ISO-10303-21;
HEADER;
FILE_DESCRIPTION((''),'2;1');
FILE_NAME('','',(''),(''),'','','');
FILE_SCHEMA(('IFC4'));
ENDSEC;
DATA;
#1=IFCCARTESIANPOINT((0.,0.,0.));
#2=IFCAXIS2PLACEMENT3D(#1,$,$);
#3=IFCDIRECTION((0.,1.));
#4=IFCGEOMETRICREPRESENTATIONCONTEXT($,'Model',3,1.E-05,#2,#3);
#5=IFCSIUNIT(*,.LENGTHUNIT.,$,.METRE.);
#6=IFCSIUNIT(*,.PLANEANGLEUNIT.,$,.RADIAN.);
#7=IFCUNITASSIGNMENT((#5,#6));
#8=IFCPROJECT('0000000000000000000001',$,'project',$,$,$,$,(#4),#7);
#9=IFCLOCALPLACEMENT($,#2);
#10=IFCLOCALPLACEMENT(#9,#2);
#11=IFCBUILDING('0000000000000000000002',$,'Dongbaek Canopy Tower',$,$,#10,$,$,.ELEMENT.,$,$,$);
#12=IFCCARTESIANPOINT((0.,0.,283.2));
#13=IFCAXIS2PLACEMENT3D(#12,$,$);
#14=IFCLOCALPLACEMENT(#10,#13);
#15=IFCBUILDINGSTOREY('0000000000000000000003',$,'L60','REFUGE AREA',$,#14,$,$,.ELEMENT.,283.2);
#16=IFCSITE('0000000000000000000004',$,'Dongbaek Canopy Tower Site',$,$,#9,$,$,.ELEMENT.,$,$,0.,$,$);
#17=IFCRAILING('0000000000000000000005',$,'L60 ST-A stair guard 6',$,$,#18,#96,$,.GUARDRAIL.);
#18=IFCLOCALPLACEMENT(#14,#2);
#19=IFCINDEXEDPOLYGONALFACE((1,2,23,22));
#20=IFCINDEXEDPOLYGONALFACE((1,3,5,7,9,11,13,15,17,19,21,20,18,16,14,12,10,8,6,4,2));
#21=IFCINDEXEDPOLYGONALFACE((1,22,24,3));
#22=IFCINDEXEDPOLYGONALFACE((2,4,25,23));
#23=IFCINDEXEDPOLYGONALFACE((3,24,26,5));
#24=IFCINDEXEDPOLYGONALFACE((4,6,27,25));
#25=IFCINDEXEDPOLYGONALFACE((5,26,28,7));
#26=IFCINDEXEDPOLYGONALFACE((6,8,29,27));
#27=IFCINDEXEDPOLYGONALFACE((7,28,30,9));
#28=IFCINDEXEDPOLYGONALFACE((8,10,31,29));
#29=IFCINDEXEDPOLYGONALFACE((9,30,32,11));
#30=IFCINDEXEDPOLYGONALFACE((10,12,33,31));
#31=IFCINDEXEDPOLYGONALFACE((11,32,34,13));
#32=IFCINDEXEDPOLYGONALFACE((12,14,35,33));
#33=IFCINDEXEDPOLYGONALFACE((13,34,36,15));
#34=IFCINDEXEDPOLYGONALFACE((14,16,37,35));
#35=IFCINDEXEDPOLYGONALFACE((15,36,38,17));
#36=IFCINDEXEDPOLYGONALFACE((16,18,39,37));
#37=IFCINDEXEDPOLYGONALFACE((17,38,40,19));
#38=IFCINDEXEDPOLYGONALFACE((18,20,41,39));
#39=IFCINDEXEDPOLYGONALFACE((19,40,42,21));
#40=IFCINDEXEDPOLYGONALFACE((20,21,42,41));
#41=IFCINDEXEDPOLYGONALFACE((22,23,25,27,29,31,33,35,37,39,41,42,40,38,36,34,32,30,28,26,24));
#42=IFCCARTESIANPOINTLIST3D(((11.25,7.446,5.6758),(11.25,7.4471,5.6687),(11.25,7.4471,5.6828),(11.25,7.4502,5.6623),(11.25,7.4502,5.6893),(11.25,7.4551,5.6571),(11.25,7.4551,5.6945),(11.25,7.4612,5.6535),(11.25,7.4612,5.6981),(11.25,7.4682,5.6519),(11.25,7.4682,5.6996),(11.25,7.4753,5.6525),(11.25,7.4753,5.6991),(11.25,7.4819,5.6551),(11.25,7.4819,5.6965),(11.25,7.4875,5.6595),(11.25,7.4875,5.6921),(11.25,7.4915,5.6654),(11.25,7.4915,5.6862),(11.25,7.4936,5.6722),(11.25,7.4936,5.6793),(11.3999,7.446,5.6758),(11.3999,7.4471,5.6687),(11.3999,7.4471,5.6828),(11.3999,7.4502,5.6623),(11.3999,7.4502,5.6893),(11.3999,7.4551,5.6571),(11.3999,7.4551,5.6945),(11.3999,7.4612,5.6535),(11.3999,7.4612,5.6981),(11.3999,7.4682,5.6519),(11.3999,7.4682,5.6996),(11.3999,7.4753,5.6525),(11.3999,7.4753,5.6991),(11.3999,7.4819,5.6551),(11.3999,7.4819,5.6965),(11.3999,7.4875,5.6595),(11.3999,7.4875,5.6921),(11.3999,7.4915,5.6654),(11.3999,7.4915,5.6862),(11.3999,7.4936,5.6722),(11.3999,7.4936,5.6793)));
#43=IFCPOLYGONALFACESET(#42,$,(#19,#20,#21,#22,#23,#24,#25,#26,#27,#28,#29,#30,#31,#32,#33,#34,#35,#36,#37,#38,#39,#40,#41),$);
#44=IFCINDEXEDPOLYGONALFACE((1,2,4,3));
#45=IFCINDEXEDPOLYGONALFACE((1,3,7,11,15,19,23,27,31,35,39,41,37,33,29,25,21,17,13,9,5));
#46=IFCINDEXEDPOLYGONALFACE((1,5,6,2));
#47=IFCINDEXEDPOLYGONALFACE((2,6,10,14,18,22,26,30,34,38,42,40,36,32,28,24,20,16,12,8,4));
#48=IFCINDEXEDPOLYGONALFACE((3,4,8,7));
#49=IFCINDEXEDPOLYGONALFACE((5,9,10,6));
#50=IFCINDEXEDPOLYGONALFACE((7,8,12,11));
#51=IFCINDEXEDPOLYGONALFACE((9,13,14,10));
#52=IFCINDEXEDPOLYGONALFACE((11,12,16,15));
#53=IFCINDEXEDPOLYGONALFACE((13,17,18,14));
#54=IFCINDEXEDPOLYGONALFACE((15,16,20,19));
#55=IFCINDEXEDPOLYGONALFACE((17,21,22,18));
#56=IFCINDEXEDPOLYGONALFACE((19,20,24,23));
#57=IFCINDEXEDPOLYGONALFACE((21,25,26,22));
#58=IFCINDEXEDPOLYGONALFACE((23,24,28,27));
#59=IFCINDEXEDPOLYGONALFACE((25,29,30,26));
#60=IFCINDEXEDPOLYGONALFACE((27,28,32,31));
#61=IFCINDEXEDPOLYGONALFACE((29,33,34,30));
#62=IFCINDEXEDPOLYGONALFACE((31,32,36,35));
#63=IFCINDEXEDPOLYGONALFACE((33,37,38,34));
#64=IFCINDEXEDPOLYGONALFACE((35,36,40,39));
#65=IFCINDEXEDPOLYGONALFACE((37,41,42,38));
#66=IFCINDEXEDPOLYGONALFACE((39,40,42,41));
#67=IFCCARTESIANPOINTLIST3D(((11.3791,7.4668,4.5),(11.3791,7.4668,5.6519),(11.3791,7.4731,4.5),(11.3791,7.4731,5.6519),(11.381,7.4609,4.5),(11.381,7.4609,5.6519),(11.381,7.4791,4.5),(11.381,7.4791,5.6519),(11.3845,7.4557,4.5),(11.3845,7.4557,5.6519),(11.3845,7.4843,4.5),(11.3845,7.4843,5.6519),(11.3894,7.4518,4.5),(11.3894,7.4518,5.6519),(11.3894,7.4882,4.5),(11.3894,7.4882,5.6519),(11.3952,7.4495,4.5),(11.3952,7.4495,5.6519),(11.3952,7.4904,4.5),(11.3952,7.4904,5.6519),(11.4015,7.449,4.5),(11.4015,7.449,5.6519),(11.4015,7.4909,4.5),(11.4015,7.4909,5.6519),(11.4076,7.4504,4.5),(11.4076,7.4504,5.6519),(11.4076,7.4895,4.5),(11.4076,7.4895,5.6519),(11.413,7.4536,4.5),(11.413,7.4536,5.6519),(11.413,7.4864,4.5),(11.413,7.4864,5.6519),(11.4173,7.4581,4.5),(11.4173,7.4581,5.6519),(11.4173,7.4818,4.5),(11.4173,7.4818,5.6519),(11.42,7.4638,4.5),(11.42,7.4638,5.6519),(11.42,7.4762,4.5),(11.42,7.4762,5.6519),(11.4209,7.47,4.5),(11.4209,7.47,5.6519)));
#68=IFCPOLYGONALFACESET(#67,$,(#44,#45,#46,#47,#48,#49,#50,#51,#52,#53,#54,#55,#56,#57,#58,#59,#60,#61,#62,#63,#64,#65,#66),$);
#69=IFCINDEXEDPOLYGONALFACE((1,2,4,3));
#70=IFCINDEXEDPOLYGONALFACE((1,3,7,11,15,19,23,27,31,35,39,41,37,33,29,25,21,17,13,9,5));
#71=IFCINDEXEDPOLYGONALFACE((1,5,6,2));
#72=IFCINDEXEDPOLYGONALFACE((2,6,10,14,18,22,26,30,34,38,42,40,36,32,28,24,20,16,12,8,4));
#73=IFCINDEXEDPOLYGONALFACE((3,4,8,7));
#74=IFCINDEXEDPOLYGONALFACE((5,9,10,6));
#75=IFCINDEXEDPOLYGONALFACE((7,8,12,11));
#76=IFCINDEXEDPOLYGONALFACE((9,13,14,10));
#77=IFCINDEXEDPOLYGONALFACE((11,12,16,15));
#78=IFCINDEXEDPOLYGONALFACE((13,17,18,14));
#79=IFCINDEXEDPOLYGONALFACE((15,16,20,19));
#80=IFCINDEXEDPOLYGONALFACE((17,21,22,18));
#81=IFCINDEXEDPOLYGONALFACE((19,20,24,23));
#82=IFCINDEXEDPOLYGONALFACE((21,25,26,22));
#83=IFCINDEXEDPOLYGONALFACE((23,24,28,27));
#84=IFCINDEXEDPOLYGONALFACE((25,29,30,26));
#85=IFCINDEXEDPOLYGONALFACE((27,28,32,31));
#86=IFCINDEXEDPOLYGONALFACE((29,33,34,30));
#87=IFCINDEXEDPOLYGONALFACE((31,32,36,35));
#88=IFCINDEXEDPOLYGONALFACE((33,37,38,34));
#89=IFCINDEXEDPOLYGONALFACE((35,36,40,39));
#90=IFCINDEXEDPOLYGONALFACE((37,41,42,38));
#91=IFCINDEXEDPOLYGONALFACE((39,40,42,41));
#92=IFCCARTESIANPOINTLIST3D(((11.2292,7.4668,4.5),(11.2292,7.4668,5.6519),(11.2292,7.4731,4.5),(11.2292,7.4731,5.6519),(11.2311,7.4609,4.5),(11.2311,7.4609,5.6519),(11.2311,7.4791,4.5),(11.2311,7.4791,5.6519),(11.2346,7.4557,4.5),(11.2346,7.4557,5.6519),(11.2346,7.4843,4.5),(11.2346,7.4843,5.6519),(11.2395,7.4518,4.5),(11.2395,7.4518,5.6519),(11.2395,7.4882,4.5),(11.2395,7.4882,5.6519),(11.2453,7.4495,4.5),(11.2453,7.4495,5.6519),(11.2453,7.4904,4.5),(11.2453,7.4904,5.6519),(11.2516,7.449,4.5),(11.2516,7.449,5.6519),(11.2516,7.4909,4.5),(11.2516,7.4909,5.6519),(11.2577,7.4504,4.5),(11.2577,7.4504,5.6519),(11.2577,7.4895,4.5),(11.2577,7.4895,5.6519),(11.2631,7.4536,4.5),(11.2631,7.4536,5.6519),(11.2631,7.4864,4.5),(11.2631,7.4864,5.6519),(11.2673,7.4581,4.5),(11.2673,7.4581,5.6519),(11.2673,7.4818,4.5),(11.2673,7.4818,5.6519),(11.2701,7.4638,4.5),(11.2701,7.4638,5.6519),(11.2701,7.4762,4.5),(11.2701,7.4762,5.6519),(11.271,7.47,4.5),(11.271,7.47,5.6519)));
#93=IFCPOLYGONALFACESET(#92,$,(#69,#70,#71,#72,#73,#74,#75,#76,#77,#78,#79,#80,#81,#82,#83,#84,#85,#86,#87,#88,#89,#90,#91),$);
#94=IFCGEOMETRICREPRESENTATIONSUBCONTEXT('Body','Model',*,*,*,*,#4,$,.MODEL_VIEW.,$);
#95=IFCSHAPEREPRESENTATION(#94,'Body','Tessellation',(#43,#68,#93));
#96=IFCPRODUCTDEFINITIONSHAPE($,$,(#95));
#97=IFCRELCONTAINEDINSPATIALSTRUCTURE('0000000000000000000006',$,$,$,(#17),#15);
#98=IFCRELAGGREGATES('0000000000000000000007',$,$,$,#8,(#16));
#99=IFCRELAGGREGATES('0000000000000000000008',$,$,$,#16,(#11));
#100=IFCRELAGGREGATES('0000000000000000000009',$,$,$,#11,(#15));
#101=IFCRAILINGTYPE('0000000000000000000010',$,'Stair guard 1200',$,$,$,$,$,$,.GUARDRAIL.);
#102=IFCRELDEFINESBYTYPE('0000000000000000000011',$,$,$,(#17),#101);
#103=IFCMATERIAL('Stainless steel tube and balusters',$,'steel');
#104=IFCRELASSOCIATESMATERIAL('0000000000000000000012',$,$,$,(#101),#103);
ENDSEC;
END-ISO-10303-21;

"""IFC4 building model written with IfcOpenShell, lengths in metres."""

from ifc_helpers import new_model, si_unit, direction, frame, origin, origin_2d, place, context, subcontext, project, spatial, circle, extrude, material, type_object, element, save


model = new_model("IFC4")

# Units and contexts
model_context = context("Model", 3, precision=1e-05, world=origin(), true_north=direction((0.0, 1.0)))
body_context = subcontext(model_context, "Body", "Model", "MODEL_VIEW")
ifc_project = project(units=[si_unit("LENGTHUNIT", "METRE"), si_unit("PLANEANGLEUNIT", "RADIAN")], contexts=[model_context])

# Site, building, storey
site_placement = place(None, origin())
site = spatial("IfcSite", under=ifc_project, at=site_placement, Name="Dongbaek Canopy Tower Site", CompositionType="ELEMENT", RefElevation=0.0)
building_placement = place(site_placement, origin())
building = spatial("IfcBuilding", under=site, at=building_placement, Name="Dongbaek Canopy Tower", CompositionType="ELEMENT")
storey_placement = place(building_placement, frame((0.0, 0.0, 283.2)))
storey = spatial("IfcBuildingStorey", under=building, at=storey_placement, Name="L60", Description="REFUGE AREA", CompositionType="ELEMENT", Elevation=283.2)

# Railing
ifc_material_1 = material(Name="Stainless steel tube and balusters", Category="steel")
railing_type_1 = type_object("IfcRailingType", Name="Stair guard 1200", PredefinedType="GUARDRAIL", material=ifc_material_1)
railing_1_placement = place(storey_placement, frame((11.3999, 7.47, 4.5)))
element("IfcRailing", 1, at=railing_1_placement, inside=storey, type_object=railing_type_1, Name="L60 ST-A stair guard 6", PredefinedType="GUARDRAIL", context=body_context, shape_type="SweptSolid", body=[
    extrude(circle(Radius=0.0239, at=origin_2d()), frame((0.0, 0.0, 1.1758), z_axis=(-1.0, 0.0, 0.0), x_axis=(0.0, -1.0, 0.0)), (0.0, 0.0, 1.0), 0.1499),
    extrude(circle(Radius=0.021, at=origin_2d()), origin(), (0.0, 0.0, 1.0), 1.1519),
    extrude(circle(Radius=0.021, at=origin_2d()), frame((-0.1499, 0.0, 0.0)), (0.0, 0.0, 1.0), 1.1519),
])

save(model, "model.ifc")
